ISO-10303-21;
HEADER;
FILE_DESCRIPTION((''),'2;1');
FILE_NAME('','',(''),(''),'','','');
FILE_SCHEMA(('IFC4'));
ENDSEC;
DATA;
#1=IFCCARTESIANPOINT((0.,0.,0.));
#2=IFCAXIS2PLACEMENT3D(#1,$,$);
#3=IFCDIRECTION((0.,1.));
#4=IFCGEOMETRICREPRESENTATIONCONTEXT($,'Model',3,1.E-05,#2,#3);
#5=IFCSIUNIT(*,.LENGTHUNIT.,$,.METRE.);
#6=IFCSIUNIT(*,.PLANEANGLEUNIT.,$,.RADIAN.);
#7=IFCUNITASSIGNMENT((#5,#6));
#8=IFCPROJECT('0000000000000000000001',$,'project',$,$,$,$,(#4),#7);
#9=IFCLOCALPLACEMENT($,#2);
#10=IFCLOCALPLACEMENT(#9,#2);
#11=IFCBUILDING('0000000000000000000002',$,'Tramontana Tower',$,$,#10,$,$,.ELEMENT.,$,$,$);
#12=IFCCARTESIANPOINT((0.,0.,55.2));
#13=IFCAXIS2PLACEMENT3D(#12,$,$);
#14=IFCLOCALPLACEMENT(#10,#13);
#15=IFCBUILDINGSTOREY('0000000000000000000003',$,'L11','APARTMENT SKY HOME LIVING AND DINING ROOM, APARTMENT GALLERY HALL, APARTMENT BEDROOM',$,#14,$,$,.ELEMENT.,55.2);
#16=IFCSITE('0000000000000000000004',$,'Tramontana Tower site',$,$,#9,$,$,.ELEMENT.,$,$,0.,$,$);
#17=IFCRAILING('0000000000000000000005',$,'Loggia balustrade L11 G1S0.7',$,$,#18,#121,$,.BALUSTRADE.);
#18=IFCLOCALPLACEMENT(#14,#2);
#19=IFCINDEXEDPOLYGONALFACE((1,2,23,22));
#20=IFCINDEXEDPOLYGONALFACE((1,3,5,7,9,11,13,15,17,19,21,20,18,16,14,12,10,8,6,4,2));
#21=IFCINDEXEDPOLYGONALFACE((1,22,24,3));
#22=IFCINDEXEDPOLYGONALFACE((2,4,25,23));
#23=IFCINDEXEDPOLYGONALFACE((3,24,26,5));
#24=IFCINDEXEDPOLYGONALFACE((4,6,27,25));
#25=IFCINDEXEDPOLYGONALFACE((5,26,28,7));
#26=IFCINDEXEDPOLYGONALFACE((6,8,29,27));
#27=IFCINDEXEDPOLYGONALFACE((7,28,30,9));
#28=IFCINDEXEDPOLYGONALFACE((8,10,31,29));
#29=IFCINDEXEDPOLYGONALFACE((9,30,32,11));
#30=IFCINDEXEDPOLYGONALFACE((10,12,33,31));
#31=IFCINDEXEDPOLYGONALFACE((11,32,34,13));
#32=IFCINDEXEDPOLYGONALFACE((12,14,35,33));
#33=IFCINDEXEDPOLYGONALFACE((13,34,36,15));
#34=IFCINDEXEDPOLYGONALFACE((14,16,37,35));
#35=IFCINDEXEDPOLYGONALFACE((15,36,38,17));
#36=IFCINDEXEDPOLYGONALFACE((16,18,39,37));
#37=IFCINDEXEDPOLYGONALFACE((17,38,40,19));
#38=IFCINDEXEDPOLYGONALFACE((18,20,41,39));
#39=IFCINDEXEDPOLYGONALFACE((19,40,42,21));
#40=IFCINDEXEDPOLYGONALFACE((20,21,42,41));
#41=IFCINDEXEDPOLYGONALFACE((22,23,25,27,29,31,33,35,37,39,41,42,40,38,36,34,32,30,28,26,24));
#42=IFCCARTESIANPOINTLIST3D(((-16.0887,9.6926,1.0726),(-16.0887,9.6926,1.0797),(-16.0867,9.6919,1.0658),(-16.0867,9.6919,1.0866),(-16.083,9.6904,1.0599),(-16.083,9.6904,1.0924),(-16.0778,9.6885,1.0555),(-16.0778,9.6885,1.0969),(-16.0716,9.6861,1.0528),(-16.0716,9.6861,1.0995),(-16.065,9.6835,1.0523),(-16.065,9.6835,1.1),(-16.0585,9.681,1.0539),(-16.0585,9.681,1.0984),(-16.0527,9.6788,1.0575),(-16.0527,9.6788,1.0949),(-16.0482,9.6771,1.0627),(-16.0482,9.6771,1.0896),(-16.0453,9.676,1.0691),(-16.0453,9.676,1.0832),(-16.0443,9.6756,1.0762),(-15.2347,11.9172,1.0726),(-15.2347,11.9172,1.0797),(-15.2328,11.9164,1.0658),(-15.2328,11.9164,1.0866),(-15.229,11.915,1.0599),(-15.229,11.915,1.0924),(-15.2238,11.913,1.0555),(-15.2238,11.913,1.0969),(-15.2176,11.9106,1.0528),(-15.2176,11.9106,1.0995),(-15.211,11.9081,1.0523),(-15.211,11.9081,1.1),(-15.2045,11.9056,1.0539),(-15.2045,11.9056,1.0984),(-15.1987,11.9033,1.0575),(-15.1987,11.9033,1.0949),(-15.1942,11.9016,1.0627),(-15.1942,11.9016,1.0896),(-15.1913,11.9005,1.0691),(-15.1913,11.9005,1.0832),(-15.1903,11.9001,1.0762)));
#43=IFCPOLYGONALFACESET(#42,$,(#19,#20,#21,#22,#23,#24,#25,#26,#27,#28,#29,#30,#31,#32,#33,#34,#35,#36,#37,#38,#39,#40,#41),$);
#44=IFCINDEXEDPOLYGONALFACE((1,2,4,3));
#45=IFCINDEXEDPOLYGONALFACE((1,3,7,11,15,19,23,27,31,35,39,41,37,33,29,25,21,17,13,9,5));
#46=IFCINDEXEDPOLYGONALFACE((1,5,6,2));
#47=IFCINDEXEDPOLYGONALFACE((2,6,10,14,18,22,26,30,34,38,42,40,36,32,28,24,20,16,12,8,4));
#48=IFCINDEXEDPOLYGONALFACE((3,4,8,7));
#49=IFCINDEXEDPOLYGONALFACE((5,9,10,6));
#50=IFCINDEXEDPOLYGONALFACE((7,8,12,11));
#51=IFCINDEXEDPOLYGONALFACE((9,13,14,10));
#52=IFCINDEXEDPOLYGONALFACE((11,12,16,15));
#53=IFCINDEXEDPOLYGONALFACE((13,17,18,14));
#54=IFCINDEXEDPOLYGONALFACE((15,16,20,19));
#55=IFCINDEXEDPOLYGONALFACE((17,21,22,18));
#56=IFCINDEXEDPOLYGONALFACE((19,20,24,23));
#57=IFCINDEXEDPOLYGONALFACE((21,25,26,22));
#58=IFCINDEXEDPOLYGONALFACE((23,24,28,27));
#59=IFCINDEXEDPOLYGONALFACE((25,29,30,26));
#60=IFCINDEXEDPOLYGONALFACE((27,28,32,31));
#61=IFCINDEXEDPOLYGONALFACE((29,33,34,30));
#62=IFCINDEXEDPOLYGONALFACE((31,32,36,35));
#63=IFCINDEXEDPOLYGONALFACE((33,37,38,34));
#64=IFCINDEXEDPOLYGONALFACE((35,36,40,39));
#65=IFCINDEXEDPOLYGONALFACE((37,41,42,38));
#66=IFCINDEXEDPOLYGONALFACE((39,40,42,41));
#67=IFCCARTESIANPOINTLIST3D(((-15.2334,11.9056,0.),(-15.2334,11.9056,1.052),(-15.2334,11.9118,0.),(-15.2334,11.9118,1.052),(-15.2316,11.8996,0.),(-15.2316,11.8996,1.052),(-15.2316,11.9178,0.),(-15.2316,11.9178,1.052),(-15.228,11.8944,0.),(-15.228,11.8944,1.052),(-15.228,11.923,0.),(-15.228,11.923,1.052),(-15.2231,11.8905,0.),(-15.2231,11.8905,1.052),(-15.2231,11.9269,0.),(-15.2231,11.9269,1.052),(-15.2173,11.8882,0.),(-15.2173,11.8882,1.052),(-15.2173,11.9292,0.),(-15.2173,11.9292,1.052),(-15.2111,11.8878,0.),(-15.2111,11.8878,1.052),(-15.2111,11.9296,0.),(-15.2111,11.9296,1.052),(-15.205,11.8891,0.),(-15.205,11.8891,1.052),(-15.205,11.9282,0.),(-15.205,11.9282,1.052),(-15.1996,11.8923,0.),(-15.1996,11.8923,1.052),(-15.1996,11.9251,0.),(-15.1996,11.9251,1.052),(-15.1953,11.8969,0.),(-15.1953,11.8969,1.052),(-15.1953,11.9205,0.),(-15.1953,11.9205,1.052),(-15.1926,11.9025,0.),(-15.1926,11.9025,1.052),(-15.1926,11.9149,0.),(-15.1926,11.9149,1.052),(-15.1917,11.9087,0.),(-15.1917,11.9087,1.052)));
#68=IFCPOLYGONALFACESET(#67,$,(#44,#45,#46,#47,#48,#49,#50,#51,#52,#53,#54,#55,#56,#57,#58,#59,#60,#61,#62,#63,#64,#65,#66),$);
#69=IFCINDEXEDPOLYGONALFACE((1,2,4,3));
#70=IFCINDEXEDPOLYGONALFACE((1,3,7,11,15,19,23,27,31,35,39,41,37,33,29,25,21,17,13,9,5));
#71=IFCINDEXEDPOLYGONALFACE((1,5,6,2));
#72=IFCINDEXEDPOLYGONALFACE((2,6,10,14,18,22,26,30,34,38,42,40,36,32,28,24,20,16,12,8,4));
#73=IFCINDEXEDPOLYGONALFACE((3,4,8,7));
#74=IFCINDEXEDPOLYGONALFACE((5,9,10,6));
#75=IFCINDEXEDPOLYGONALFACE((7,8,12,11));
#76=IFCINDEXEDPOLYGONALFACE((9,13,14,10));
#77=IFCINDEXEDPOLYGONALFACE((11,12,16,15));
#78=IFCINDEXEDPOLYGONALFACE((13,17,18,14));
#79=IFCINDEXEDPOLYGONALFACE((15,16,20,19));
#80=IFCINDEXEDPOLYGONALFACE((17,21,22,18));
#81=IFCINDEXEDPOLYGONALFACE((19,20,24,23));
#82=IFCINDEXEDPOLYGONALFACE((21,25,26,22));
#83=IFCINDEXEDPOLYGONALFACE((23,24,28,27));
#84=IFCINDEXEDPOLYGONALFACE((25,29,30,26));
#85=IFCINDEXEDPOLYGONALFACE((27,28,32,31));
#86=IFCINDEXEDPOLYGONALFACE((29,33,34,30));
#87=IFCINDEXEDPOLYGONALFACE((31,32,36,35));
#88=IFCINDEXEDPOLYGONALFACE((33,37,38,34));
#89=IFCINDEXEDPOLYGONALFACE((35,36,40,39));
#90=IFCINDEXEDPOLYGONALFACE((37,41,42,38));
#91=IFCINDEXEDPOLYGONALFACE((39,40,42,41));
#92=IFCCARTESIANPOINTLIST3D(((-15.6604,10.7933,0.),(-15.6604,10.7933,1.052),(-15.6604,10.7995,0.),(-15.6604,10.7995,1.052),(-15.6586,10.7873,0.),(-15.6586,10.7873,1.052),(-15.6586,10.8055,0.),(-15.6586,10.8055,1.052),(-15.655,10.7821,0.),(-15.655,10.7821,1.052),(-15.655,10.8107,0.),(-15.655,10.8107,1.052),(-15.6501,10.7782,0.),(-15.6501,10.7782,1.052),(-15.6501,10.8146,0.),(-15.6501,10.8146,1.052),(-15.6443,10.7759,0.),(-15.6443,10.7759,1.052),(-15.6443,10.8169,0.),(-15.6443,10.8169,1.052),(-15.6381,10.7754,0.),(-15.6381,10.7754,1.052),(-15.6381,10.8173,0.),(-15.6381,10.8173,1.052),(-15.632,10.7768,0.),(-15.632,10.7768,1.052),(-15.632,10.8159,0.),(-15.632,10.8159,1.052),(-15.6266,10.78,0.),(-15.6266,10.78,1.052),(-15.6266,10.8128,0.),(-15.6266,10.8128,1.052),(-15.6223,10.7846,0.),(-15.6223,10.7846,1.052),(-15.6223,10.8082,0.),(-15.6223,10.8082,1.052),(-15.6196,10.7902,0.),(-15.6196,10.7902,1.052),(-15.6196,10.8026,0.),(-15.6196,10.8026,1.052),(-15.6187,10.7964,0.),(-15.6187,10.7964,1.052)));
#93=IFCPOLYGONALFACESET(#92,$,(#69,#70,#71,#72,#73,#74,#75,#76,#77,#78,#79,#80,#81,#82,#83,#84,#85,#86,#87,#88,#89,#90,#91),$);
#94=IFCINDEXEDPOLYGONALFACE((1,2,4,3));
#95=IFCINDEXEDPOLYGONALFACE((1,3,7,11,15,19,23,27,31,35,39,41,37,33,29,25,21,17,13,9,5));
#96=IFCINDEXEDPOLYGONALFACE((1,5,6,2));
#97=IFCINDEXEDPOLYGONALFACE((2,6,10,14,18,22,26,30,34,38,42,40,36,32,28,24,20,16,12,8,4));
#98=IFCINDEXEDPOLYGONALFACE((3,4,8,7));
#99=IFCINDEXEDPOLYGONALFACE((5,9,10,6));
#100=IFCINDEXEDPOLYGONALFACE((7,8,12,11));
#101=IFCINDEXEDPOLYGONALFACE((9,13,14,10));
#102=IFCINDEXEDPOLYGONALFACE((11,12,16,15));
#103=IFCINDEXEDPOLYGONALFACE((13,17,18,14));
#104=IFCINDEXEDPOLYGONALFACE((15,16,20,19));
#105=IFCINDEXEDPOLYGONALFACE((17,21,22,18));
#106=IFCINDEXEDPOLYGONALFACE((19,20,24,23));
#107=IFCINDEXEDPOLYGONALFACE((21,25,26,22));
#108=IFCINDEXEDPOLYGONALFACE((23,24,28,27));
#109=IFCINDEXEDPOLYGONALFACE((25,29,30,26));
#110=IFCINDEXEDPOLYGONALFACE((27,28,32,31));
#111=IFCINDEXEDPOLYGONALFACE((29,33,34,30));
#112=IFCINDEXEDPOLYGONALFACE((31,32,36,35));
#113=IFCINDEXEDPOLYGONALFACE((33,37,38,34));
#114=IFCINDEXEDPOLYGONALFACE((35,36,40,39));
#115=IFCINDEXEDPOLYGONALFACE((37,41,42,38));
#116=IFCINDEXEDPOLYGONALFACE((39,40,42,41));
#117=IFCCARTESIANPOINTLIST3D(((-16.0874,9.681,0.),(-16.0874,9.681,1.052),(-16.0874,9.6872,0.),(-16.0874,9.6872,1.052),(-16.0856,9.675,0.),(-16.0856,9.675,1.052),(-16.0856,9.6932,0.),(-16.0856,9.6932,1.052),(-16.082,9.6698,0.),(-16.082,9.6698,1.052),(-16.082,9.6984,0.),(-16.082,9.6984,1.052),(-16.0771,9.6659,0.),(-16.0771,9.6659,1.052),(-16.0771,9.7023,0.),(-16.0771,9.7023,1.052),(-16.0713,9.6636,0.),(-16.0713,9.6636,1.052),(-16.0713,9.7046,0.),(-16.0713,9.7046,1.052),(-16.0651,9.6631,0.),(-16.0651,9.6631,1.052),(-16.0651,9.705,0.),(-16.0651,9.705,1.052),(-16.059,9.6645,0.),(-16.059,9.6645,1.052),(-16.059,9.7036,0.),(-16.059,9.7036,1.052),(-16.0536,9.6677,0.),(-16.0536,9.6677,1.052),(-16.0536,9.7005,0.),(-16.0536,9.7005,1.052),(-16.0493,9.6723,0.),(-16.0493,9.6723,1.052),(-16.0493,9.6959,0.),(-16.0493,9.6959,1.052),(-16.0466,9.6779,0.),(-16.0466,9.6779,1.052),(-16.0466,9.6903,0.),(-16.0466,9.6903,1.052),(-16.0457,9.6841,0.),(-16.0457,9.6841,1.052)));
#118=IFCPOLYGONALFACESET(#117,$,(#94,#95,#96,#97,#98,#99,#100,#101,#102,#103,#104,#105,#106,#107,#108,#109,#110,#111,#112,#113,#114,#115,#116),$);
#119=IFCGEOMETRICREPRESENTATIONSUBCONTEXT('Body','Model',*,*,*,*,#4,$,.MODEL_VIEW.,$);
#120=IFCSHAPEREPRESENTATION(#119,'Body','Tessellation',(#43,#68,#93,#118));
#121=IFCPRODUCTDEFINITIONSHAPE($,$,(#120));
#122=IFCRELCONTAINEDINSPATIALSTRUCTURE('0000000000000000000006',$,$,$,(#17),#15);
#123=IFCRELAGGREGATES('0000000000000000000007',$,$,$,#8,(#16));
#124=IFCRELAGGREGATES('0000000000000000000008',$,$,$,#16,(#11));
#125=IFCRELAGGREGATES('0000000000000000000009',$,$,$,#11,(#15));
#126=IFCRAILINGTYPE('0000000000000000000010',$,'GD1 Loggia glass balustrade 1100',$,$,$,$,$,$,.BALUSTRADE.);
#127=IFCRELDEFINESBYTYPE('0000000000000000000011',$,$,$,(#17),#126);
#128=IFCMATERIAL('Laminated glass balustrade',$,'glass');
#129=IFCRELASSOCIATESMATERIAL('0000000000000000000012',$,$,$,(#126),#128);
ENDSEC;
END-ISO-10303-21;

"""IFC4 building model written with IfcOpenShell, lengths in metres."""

from ifc_helpers import new_model, si_unit, direction, frame, origin, origin_2d, place, context, subcontext, project, spatial, circle, extrude, material, type_object, element, save


model = new_model("IFC4")

# Units and contexts
model_context = context("Model", 3, precision=1e-05, world=origin(), true_north=direction((0.0, 1.0)))
body_context = subcontext(model_context, "Body", "Model", "MODEL_VIEW")
ifc_project = project(units=[si_unit("LENGTHUNIT", "METRE"), si_unit("PLANEANGLEUNIT", "RADIAN")], contexts=[model_context])

# Site, building, storey
site_placement = place(None, origin())
site = spatial("IfcSite", under=ifc_project, at=site_placement, Name="Tramontana Tower site", CompositionType="ELEMENT", RefElevation=0.0)
building_placement = place(site_placement, origin())
building = spatial("IfcBuilding", under=site, at=building_placement, Name="Tramontana Tower", CompositionType="ELEMENT")
storey_placement = place(building_placement, frame((0.0, 0.0, 55.2)))
storey = spatial("IfcBuildingStorey", under=building, at=storey_placement, Name="L11", Description="APARTMENT SKY HOME LIVING AND DINING ROOM, APARTMENT GALLERY HALL, APARTMENT BEDROOM", CompositionType="ELEMENT", Elevation=55.2)

# Railing
ifc_material_1 = material(Name="Laminated glass balustrade", Category="glass")
railing_type = type_object("IfcRailingType", Name="GD1 Loggia glass balustrade 1100", PredefinedType="BALUSTRADE", material=ifc_material_1)
railing_placement = place(storey_placement, frame((-15.2126, 11.9087, 0.0)))
element("IfcRailing", 1, at=railing_placement, inside=storey, type_object=railing_type, Name="Loggia balustrade L11 G1S0.7", PredefinedType="BALUSTRADE", context=body_context, shape_type="SweptSolid", body=[
    extrude(circle(Radius=0.0239, at=origin_2d()), frame((0.0, 0.0, 1.0762), z_axis=(-0.358389, -0.933573, 0.0), x_axis=(0.933573, -0.358389, 0.0)), (0.0, 0.0, 1.0), 2.3828),
    extrude(circle(Radius=0.021, at=origin_2d()), origin(), (0.0, 0.0, 1.0), 1.052),
    extrude(circle(Radius=0.021, at=origin_2d()), frame((-0.427, -1.1123, 0.0)), (0.0, 0.0, 1.0), 1.052),
    extrude(circle(Radius=0.021, at=origin_2d()), frame((-0.854, -2.2246, 0.0)), (0.0, 0.0, 1.0), 1.052),
])

save(model, "model.ifc")
